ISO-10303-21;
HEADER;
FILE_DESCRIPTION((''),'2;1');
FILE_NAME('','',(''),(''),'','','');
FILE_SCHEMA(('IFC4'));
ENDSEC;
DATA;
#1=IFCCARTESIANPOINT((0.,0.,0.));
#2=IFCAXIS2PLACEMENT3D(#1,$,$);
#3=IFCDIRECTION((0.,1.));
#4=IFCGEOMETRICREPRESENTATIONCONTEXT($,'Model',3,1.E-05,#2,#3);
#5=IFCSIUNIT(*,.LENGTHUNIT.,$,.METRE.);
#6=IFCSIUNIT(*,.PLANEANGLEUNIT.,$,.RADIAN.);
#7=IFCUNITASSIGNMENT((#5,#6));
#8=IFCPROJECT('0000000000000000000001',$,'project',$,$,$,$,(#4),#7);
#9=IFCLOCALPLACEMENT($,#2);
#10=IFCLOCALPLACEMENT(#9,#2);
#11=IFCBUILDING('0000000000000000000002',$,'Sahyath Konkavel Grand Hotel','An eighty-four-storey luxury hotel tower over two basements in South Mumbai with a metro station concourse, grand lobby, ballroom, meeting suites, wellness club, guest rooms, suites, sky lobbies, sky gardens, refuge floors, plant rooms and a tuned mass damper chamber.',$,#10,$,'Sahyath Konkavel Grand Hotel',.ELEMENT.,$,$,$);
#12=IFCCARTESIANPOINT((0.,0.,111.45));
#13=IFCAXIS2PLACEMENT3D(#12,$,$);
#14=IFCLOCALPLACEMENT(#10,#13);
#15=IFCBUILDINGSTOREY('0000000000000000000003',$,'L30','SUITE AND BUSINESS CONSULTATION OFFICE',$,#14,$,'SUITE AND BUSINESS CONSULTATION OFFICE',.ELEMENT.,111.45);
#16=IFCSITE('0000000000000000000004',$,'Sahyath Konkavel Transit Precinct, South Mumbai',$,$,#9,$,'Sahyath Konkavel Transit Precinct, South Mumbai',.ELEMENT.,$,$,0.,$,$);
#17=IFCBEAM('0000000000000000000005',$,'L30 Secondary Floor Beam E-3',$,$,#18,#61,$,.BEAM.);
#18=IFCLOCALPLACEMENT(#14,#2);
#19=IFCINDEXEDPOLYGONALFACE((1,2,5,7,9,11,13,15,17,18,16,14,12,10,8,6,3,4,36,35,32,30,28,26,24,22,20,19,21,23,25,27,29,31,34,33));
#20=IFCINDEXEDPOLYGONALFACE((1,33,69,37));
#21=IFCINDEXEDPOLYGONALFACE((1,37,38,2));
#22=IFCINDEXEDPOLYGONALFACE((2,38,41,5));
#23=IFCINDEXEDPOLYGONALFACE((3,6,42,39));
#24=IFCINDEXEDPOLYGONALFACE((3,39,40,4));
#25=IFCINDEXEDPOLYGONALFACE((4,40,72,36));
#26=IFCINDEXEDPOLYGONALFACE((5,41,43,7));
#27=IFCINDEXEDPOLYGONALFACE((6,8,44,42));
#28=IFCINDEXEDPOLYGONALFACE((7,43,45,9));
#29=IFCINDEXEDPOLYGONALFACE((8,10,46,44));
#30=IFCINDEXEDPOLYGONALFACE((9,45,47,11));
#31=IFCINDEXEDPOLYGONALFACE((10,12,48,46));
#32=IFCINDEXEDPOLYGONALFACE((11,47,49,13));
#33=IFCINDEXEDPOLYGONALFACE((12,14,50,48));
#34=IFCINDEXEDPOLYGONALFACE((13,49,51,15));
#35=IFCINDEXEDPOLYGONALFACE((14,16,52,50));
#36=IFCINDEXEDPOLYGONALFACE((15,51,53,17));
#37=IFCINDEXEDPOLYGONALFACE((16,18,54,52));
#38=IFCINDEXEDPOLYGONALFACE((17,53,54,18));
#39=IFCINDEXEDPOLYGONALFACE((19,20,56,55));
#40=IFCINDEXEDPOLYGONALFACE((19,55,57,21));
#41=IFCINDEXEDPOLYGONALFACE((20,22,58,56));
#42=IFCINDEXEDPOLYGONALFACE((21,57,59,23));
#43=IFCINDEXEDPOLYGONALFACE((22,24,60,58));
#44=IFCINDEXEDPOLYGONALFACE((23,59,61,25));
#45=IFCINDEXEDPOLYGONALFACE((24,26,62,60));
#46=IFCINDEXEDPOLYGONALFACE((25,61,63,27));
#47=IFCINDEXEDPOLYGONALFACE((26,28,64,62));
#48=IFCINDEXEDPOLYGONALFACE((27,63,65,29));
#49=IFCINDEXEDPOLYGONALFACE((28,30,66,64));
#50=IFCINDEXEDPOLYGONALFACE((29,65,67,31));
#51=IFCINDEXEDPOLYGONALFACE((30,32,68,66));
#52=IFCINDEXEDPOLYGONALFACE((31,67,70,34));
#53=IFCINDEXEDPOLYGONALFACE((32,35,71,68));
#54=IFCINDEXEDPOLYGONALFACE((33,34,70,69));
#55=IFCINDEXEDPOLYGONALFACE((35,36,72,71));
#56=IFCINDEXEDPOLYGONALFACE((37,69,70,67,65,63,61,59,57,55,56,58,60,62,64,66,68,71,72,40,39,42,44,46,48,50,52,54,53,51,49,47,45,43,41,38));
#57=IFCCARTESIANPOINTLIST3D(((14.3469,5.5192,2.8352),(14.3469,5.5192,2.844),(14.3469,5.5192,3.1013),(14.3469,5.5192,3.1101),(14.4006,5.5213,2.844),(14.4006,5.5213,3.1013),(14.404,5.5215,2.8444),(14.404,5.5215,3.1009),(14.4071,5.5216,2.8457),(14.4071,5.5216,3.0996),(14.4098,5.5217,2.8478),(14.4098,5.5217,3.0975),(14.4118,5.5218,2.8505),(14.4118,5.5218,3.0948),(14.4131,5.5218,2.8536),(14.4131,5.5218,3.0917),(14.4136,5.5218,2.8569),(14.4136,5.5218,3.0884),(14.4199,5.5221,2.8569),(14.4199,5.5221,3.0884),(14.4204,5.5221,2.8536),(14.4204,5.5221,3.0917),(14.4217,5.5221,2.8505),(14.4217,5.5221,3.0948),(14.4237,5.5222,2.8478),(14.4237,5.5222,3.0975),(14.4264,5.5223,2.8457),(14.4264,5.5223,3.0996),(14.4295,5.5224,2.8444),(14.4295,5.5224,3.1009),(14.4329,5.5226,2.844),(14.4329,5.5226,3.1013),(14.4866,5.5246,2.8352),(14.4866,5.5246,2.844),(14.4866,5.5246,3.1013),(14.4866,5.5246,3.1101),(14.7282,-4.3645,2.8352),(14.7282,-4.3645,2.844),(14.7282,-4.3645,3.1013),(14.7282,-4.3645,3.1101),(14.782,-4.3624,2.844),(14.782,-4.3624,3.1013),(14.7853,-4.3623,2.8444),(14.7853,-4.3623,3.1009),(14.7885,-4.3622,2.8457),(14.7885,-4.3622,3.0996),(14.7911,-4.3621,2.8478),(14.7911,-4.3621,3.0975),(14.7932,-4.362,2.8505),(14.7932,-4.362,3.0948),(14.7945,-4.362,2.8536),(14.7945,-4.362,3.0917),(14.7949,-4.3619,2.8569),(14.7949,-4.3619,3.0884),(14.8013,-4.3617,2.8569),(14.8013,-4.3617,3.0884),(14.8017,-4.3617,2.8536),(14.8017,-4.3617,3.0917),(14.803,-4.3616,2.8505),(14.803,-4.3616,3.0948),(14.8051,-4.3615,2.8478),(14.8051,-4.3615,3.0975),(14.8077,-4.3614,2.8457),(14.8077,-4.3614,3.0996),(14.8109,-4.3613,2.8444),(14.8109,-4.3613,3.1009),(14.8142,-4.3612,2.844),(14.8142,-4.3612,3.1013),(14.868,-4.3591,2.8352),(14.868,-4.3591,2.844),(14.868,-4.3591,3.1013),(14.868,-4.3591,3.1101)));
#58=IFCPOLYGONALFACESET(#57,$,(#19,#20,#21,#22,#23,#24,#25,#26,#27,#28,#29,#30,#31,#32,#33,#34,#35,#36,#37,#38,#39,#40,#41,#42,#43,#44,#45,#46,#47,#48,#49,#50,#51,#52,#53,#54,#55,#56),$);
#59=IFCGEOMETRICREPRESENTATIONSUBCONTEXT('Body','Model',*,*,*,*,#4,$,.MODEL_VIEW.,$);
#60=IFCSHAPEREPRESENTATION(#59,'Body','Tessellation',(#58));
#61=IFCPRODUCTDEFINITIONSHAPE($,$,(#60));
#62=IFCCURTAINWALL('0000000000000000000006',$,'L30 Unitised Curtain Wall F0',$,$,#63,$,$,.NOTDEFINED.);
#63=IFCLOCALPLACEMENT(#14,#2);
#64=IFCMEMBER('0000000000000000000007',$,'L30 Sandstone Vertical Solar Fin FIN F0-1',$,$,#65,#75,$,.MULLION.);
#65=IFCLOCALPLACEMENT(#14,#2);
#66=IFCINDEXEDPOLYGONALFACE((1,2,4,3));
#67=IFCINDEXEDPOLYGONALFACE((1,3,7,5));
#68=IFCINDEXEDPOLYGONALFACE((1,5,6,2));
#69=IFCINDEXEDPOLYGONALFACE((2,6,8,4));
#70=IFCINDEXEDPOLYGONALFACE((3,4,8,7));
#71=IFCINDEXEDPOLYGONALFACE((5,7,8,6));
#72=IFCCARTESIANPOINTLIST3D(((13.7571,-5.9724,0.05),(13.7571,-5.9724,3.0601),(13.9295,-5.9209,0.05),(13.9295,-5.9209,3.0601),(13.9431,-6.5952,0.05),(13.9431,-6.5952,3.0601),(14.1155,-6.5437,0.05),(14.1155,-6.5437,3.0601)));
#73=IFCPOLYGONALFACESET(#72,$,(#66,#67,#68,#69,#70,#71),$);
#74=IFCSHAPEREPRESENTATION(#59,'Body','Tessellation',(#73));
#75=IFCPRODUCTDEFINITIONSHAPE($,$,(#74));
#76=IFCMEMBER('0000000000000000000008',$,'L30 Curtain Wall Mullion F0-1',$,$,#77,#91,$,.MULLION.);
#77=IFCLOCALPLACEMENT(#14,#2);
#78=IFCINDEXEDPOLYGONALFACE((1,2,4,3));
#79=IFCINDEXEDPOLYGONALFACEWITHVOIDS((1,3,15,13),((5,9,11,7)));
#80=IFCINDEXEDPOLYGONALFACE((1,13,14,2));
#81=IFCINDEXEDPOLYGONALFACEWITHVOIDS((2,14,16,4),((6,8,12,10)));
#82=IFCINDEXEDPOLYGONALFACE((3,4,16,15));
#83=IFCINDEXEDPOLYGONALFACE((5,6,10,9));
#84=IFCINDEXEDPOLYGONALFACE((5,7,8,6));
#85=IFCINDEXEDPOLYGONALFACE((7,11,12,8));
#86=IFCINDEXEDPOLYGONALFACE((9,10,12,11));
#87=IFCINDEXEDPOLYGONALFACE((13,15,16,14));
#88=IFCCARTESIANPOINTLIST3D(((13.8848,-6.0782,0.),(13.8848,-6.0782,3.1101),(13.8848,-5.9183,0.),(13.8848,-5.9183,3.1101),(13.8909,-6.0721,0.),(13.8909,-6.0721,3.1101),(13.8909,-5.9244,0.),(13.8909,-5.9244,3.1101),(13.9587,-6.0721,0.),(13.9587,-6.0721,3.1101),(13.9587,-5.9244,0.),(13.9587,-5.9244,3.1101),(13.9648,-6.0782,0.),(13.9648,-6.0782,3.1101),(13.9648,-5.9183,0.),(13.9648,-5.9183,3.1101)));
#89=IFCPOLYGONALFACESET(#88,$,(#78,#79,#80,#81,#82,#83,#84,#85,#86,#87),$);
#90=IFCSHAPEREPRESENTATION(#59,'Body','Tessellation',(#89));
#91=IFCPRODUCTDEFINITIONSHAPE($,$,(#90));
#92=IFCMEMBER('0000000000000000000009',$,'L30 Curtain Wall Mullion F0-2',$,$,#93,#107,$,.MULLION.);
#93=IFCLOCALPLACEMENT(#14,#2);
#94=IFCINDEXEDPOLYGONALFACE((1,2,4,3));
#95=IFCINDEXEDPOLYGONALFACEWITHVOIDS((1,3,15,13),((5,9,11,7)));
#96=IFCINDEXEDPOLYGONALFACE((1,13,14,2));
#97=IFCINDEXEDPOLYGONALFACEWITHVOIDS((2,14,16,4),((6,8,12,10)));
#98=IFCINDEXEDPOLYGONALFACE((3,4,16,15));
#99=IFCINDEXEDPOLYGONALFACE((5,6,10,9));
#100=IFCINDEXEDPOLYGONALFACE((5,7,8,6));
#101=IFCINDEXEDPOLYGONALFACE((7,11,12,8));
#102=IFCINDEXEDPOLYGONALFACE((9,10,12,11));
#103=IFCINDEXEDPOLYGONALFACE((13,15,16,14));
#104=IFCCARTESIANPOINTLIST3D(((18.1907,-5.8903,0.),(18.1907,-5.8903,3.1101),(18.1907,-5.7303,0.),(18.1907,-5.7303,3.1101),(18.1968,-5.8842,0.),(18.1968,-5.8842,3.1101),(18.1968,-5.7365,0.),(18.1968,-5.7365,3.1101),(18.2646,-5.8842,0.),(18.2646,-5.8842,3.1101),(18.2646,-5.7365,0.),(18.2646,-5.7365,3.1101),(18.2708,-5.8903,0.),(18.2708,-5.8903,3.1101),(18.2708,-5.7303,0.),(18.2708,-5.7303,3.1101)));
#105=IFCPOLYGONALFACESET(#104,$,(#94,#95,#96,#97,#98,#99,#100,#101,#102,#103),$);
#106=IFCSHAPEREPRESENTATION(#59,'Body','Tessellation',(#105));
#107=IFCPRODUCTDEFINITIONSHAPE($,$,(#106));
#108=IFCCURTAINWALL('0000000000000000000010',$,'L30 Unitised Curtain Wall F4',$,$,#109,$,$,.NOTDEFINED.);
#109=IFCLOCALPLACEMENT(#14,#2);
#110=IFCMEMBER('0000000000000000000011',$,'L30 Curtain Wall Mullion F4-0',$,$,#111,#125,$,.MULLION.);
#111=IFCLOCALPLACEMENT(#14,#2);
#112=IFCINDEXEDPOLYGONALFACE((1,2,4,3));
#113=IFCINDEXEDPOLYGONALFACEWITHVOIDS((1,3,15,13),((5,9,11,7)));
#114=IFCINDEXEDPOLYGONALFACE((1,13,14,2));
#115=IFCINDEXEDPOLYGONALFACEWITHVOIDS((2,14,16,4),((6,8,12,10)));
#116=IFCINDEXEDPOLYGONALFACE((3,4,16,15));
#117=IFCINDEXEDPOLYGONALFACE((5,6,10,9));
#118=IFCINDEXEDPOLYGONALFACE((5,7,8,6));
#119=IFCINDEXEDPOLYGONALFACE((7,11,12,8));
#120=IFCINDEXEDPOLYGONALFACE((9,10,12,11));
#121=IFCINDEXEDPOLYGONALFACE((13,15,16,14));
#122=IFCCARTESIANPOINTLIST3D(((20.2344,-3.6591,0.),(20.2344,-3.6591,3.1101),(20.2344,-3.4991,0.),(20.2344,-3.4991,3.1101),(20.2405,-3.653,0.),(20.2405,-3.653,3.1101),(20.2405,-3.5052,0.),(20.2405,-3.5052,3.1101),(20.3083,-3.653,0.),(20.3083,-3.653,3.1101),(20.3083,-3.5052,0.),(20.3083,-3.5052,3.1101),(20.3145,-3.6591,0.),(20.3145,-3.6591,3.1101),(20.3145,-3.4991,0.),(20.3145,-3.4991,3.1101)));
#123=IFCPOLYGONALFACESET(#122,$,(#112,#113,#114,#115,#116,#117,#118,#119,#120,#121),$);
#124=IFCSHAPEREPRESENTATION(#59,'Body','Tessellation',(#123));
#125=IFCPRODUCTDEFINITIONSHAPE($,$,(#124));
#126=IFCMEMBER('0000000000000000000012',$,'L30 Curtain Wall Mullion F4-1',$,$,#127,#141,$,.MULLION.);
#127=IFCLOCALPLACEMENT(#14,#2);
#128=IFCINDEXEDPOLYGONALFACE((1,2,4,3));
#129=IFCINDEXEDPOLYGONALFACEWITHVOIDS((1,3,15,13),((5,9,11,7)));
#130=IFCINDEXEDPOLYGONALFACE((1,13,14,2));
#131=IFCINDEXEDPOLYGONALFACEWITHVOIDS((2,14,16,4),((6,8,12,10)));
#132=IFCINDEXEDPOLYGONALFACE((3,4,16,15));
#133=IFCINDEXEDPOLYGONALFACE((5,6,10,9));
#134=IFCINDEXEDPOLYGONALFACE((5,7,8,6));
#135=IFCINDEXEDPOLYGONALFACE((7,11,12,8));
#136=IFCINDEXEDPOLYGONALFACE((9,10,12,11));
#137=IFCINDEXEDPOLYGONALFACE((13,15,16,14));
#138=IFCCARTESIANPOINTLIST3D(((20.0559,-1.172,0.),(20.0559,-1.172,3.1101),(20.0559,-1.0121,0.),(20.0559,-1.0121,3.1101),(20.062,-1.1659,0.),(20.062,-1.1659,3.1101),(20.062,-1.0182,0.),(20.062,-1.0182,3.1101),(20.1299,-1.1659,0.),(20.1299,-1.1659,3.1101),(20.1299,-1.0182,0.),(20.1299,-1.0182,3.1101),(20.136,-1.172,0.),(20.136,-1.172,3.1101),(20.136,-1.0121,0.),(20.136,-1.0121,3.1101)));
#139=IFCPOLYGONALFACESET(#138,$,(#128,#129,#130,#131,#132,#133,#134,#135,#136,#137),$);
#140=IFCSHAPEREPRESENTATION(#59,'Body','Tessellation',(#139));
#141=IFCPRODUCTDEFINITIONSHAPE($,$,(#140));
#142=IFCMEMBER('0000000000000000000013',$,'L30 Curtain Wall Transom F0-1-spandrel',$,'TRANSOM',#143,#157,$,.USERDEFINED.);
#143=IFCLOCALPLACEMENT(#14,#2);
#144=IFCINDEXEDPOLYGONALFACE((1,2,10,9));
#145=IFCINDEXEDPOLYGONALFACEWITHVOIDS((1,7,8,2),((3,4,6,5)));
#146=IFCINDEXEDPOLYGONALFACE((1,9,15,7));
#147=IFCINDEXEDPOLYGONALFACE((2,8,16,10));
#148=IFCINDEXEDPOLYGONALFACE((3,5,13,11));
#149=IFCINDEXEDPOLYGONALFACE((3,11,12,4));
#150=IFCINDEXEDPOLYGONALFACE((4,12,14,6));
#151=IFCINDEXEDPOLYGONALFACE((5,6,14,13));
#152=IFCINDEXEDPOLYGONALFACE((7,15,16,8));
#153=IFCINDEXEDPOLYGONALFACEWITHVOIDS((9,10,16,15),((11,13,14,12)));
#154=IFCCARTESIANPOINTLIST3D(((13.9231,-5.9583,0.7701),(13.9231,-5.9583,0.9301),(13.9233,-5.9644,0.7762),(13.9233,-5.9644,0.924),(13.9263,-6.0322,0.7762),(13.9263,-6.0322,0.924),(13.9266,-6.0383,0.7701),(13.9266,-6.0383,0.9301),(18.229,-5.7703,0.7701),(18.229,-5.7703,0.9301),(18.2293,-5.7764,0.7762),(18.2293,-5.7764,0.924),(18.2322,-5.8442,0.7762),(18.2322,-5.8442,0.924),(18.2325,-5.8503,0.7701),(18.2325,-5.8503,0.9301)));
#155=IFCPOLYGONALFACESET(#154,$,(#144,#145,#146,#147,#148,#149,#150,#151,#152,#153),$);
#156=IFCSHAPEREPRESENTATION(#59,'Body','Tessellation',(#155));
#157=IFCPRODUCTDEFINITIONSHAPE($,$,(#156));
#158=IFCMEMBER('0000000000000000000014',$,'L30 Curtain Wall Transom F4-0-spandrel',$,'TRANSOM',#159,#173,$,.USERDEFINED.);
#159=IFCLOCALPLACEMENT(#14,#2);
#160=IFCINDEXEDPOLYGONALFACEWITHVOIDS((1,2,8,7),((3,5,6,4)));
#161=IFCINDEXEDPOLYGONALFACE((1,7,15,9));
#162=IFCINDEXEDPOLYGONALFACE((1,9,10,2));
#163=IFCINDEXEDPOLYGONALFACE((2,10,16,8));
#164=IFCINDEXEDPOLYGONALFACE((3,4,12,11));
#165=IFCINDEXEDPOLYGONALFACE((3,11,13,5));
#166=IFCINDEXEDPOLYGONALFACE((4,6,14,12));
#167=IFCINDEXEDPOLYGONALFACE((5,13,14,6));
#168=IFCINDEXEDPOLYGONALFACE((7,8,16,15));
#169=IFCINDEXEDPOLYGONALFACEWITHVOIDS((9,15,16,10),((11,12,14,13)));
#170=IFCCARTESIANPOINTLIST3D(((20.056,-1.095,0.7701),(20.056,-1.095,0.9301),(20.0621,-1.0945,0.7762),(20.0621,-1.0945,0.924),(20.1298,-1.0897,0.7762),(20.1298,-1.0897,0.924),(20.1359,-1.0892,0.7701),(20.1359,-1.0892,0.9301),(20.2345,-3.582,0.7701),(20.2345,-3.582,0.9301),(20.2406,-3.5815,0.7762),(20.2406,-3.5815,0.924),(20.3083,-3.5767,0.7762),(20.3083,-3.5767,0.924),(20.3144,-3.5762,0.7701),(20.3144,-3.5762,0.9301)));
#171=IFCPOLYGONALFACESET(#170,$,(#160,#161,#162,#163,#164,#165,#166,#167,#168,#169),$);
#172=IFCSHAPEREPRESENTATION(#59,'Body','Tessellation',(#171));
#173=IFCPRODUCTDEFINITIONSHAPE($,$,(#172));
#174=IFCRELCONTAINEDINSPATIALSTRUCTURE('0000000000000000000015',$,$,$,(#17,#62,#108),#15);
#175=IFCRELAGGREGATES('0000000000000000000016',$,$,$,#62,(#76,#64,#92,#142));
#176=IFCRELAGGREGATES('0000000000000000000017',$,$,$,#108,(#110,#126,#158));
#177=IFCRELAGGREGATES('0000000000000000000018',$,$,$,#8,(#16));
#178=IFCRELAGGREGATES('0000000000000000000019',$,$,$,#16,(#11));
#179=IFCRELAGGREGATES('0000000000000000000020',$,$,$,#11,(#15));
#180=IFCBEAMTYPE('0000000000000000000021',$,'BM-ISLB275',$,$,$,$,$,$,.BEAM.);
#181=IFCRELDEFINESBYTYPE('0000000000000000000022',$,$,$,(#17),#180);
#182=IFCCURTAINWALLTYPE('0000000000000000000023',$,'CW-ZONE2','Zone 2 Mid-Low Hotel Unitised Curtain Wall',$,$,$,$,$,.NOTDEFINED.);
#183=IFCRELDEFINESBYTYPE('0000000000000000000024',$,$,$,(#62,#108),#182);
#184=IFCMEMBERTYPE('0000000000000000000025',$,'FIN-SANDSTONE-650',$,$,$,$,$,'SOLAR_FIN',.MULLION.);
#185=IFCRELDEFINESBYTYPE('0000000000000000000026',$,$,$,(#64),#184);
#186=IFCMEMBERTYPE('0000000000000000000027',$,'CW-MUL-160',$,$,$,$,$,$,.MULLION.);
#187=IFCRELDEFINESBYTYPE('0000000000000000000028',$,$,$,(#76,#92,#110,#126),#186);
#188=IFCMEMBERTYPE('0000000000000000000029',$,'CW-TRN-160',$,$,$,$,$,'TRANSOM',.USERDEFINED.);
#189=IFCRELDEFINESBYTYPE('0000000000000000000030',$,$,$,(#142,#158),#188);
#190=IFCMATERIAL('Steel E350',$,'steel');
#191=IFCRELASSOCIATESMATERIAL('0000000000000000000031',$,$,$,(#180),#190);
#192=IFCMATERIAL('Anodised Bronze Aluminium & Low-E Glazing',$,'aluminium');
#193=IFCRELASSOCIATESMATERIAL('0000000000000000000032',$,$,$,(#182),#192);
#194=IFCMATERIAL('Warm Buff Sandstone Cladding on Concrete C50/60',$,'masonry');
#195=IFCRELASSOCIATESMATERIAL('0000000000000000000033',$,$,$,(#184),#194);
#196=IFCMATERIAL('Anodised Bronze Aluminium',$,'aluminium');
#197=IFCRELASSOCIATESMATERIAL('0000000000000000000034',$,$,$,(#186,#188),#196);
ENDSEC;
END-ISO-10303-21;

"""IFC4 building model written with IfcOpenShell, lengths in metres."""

from ifc_helpers import new_model, si_unit, direction, frame, origin, origin_2d, place, context, subcontext, project, spatial, rectangle, hollow_rectangle, i_section, extrude, source, transform, mapped, material, material_profile, profile_set, type_object, element, aggregate, save


model = new_model("IFC4")

# Units and contexts
model_context = context("Model", 3, precision=1e-05, world=origin(), true_north=direction((0.0, 1.0)))
body_context = subcontext(model_context, "Body", "Model", "MODEL_VIEW")
ifc_project = project(units=[si_unit("LENGTHUNIT", "METRE"), si_unit("PLANEANGLEUNIT", "RADIAN")], contexts=[model_context])

# Site, building, storey
site_placement = place(None, origin())
site = spatial("IfcSite", under=ifc_project, at=site_placement, Name="Sahyath Konkavel Transit Precinct, South Mumbai", LongName="Sahyath Konkavel Transit Precinct, South Mumbai", CompositionType="ELEMENT", RefElevation=0.0)
building_placement = place(site_placement, origin())
building = spatial("IfcBuilding", under=site, at=building_placement, Name="Sahyath Konkavel Grand Hotel", Description="An eighty-four-storey luxury hotel tower over two basements in South Mumbai with a metro station concourse, grand lobby, ballroom, meeting suites, wellness club, guest rooms, suites, sky lobbies, sky gardens, refuge floors, plant rooms and a tuned mass damper chamber.", LongName="Sahyath Konkavel Grand Hotel", CompositionType="ELEMENT")
storey_placement = place(building_placement, frame((0.0, 0.0, 111.45)))
storey = spatial("IfcBuildingStorey", under=building, at=storey_placement, Name="L30", Description="SUITE AND BUSINESS CONSULTATION OFFICE", LongName="SUITE AND BUSINESS CONSULTATION OFFICE", CompositionType="ELEMENT", Elevation=111.45)

# Beam
ifc_material_1 = material(Name="Steel E350", Category="steel")
ifc_material_profile_1 = material_profile(ifc_material_1, i_section(OverallWidth=0.1399, OverallDepth=0.2749, WebThickness=0.0063, FlangeThickness=0.0088, FilletRadius=0.0129, at=origin_2d()), Name="ISLB 275")
ifc_profile_set_1 = profile_set([ifc_material_profile_1], Name="Steel E350")
beam_type_1 = type_object("IfcBeamType", Name="BM-ISLB275", PredefinedType="BEAM", material=ifc_profile_set_1)
shared_shape_1 = source(origin(), body_context, "Body", "SweptSolid", [
    extrude(i_section(OverallWidth=0.1399, OverallDepth=0.2749, WebThickness=0.0063, FlangeThickness=0.0088, FilletRadius=0.0129, at=origin_2d()), origin(), (0.0, 0.0, 1.0), 9.8911),
])
beam_1_placement = place(storey_placement, frame((14.7981, -4.3618, 2.9727), z_axis=(-0.038554, 0.999257, 0.0), x_axis=(-0.999257, -0.038554, 0.0)))
element("IfcBeam", 1, at=beam_1_placement, inside=storey, type_object=beam_type_1, Name="L30 Secondary Floor Beam E-3", PredefinedType="BEAM", context=body_context, shape_type="MappedRepresentation", body=[
    mapped(shared_shape_1, transform((0.0, 0.0, 0.0), scale=1.0)),
])

# Curtain walls, members
ifc_material_2 = material(Name="Anodised Bronze Aluminium & Low-E Glazing", Category="aluminium")
curtain_wall_type = type_object("IfcCurtainWallType", Name="CW-ZONE2", Description="Zone 2 Mid-Low Hotel Unitised Curtain Wall", PredefinedType="NOTDEFINED", material=ifc_material_2)
curtain_wall_1_placement = place(storey_placement, origin())
curtain_wall_1 = element("IfcCurtainWall", 2, at=curtain_wall_1_placement, inside=storey, type_object=curtain_wall_type, Name="L30 Unitised Curtain Wall F0", PredefinedType="NOTDEFINED")
ifc_material_3 = material(Name="Warm Buff Sandstone Cladding on Concrete C50/60", Category="masonry")
ifc_material_profile_2 = material_profile(ifc_material_3, rectangle(XDim=0.1799, YDim=0.6499, at=origin_2d()), Name="FIN 180x650")
ifc_profile_set_2 = profile_set([ifc_material_profile_2], Name="Warm Buff Sandstone Cladding on Concrete C50/60")
member_type_1 = type_object("IfcMemberType", Name="FIN-SANDSTONE-650", ElementType="SOLAR_FIN", PredefinedType="MULLION", material=ifc_profile_set_2)
shared_shape_2 = source(origin(), body_context, "Body", "SweptSolid", [
    extrude(rectangle(XDim=0.1799, YDim=0.6499, at=origin_2d()), origin(), (0.0, 0.0, 1.0), 3.01),
])
member_1_placement = place(storey_placement, frame((13.9363, -6.2581, 0.05), z_axis=(0.0, 0.0, 1.0), x_axis=(0.958173, 0.28619, 0.0)))
member_1 = element("IfcMember", 3, at=member_1_placement, type_object=member_type_1, Name="L30 Sandstone Vertical Solar Fin FIN F0-1", PredefinedType="MULLION", context=body_context, shape_type="MappedRepresentation", body=[
    mapped(shared_shape_2, transform((0.0, 0.0, 0.0), scale=1.0)),
])
ifc_material_4 = material(Name="Anodised Bronze Aluminium", Category="aluminium")
ifc_material_profile_3 = material_profile(ifc_material_4, hollow_rectangle(XDim=0.0801, YDim=0.1599, WallThickness=0.0061, at=origin_2d()), Name="RHS 160x80x6")
ifc_profile_set_3 = profile_set([ifc_material_profile_3], Name="Anodised Bronze Aluminium")
member_type_2 = type_object("IfcMemberType", Name="CW-MUL-160", PredefinedType="MULLION", material=ifc_profile_set_3)
shared_shape_3 = source(origin(), body_context, "Body", "SweptSolid", [
    extrude(hollow_rectangle(XDim=0.0801, YDim=0.1599, WallThickness=0.0061, at=origin_2d()), origin(), (0.0, 0.0, 1.0), 3.1101),
])
member_2_placement = place(storey_placement, frame((13.9248, -5.9983, 0.0), z_axis=(0.0, 0.0, 1.0), x_axis=(1.0, 0.0, 0.0)))
member_2 = element("IfcMember", 4, at=member_2_placement, type_object=member_type_2, Name="L30 Curtain Wall Mullion F0-1", PredefinedType="MULLION", context=body_context, shape_type="MappedRepresentation", body=[
    mapped(shared_shape_3, transform((0.0, 0.0, 0.0), scale=1.0)),
])
member_3_placement = place(storey_placement, frame((18.2307, -5.8103, 0.0), z_axis=(0.0, 0.0, 1.0), x_axis=(1.0, 0.0, 0.0)))
member_3 = element("IfcMember", 5, at=member_3_placement, type_object=member_type_2, Name="L30 Curtain Wall Mullion F0-2", PredefinedType="MULLION", context=body_context, shape_type="MappedRepresentation", body=[
    mapped(shared_shape_3, transform((0.0, 0.0, 0.0), scale=1.0)),
])
curtain_wall_2_placement = place(storey_placement, origin())
curtain_wall_2 = element("IfcCurtainWall", 6, at=curtain_wall_2_placement, inside=storey, type_object=curtain_wall_type, Name="L30 Unitised Curtain Wall F4", PredefinedType="NOTDEFINED")
member_4_placement = place(storey_placement, frame((20.2744, -3.5791, 0.0), z_axis=(0.0, 0.0, 1.0), x_axis=(1.0, 0.0, 0.0)))
member_4 = element("IfcMember", 7, at=member_4_placement, type_object=member_type_2, Name="L30 Curtain Wall Mullion F4-0", PredefinedType="MULLION", context=body_context, shape_type="MappedRepresentation", body=[
    mapped(shared_shape_3, transform((0.0, 0.0, 0.0), scale=1.0)),
])
member_5_placement = place(storey_placement, frame((20.0959, -1.092, 0.0), z_axis=(0.0, 0.0, 1.0), x_axis=(1.0, 0.0, 0.0)))
member_5 = element("IfcMember", 8, at=member_5_placement, type_object=member_type_2, Name="L30 Curtain Wall Mullion F4-1", PredefinedType="MULLION", context=body_context, shape_type="MappedRepresentation", body=[
    mapped(shared_shape_3, transform((0.0, 0.0, 0.0), scale=1.0)),
])

# Members
ifc_material_profile_4 = material_profile(ifc_material_4, hollow_rectangle(XDim=0.0801, YDim=0.1599, WallThickness=0.0061, at=origin_2d()), Name="RHS 160x80x6")
ifc_profile_set_4 = profile_set([ifc_material_profile_4], Name="Anodised Bronze Aluminium")
member_type_3 = type_object("IfcMemberType", Name="CW-TRN-160", ElementType="TRANSOM", PredefinedType="USERDEFINED", material=ifc_profile_set_4)
shared_shape_4 = source(origin(), body_context, "Body", "SweptSolid", [
    extrude(hollow_rectangle(XDim=0.0801, YDim=0.1599, WallThickness=0.0061, at=origin_2d()), origin(), (0.0, 0.0, 1.0), 4.3101),
])
member_6_placement = place(storey_placement, frame((13.9248, -5.9983, 0.8501), z_axis=(0.999048, 0.043617, 0.0), x_axis=(-0.043617, 0.999048, 0.0)))
member_6 = element("IfcMember", 9, at=member_6_placement, type_object=member_type_3, Name="L30 Curtain Wall Transom F0-1-spandrel", ObjectType="TRANSOM", PredefinedType="USERDEFINED", context=body_context, shape_type="MappedRepresentation", body=[
    mapped(shared_shape_4, transform((0.0, 0.0, 0.0), scale=1.0)),
])
shared_shape_5 = source(origin(), body_context, "Body", "SweptSolid", [
    extrude(hollow_rectangle(XDim=0.0801, YDim=0.1599, WallThickness=0.0061, at=origin_2d()), origin(), (0.0, 0.0, 1.0), 2.4934),
])
member_7_placement = place(storey_placement, frame((20.2744, -3.5791, 0.8501), z_axis=(-0.071574, 0.997435, 0.0), x_axis=(-0.997435, -0.071574, 0.0)))
member_7 = element("IfcMember", 10, at=member_7_placement, type_object=member_type_3, Name="L30 Curtain Wall Transom F4-0-spandrel", ObjectType="TRANSOM", PredefinedType="USERDEFINED", context=body_context, shape_type="MappedRepresentation", body=[
    mapped(shared_shape_5, transform((0.0, 0.0, 0.0), scale=1.0)),
])

aggregate(curtain_wall_1, [member_2, member_1, member_3, member_6])
aggregate(curtain_wall_2, [member_4, member_5, member_7])

save(model, "model.ifc")
